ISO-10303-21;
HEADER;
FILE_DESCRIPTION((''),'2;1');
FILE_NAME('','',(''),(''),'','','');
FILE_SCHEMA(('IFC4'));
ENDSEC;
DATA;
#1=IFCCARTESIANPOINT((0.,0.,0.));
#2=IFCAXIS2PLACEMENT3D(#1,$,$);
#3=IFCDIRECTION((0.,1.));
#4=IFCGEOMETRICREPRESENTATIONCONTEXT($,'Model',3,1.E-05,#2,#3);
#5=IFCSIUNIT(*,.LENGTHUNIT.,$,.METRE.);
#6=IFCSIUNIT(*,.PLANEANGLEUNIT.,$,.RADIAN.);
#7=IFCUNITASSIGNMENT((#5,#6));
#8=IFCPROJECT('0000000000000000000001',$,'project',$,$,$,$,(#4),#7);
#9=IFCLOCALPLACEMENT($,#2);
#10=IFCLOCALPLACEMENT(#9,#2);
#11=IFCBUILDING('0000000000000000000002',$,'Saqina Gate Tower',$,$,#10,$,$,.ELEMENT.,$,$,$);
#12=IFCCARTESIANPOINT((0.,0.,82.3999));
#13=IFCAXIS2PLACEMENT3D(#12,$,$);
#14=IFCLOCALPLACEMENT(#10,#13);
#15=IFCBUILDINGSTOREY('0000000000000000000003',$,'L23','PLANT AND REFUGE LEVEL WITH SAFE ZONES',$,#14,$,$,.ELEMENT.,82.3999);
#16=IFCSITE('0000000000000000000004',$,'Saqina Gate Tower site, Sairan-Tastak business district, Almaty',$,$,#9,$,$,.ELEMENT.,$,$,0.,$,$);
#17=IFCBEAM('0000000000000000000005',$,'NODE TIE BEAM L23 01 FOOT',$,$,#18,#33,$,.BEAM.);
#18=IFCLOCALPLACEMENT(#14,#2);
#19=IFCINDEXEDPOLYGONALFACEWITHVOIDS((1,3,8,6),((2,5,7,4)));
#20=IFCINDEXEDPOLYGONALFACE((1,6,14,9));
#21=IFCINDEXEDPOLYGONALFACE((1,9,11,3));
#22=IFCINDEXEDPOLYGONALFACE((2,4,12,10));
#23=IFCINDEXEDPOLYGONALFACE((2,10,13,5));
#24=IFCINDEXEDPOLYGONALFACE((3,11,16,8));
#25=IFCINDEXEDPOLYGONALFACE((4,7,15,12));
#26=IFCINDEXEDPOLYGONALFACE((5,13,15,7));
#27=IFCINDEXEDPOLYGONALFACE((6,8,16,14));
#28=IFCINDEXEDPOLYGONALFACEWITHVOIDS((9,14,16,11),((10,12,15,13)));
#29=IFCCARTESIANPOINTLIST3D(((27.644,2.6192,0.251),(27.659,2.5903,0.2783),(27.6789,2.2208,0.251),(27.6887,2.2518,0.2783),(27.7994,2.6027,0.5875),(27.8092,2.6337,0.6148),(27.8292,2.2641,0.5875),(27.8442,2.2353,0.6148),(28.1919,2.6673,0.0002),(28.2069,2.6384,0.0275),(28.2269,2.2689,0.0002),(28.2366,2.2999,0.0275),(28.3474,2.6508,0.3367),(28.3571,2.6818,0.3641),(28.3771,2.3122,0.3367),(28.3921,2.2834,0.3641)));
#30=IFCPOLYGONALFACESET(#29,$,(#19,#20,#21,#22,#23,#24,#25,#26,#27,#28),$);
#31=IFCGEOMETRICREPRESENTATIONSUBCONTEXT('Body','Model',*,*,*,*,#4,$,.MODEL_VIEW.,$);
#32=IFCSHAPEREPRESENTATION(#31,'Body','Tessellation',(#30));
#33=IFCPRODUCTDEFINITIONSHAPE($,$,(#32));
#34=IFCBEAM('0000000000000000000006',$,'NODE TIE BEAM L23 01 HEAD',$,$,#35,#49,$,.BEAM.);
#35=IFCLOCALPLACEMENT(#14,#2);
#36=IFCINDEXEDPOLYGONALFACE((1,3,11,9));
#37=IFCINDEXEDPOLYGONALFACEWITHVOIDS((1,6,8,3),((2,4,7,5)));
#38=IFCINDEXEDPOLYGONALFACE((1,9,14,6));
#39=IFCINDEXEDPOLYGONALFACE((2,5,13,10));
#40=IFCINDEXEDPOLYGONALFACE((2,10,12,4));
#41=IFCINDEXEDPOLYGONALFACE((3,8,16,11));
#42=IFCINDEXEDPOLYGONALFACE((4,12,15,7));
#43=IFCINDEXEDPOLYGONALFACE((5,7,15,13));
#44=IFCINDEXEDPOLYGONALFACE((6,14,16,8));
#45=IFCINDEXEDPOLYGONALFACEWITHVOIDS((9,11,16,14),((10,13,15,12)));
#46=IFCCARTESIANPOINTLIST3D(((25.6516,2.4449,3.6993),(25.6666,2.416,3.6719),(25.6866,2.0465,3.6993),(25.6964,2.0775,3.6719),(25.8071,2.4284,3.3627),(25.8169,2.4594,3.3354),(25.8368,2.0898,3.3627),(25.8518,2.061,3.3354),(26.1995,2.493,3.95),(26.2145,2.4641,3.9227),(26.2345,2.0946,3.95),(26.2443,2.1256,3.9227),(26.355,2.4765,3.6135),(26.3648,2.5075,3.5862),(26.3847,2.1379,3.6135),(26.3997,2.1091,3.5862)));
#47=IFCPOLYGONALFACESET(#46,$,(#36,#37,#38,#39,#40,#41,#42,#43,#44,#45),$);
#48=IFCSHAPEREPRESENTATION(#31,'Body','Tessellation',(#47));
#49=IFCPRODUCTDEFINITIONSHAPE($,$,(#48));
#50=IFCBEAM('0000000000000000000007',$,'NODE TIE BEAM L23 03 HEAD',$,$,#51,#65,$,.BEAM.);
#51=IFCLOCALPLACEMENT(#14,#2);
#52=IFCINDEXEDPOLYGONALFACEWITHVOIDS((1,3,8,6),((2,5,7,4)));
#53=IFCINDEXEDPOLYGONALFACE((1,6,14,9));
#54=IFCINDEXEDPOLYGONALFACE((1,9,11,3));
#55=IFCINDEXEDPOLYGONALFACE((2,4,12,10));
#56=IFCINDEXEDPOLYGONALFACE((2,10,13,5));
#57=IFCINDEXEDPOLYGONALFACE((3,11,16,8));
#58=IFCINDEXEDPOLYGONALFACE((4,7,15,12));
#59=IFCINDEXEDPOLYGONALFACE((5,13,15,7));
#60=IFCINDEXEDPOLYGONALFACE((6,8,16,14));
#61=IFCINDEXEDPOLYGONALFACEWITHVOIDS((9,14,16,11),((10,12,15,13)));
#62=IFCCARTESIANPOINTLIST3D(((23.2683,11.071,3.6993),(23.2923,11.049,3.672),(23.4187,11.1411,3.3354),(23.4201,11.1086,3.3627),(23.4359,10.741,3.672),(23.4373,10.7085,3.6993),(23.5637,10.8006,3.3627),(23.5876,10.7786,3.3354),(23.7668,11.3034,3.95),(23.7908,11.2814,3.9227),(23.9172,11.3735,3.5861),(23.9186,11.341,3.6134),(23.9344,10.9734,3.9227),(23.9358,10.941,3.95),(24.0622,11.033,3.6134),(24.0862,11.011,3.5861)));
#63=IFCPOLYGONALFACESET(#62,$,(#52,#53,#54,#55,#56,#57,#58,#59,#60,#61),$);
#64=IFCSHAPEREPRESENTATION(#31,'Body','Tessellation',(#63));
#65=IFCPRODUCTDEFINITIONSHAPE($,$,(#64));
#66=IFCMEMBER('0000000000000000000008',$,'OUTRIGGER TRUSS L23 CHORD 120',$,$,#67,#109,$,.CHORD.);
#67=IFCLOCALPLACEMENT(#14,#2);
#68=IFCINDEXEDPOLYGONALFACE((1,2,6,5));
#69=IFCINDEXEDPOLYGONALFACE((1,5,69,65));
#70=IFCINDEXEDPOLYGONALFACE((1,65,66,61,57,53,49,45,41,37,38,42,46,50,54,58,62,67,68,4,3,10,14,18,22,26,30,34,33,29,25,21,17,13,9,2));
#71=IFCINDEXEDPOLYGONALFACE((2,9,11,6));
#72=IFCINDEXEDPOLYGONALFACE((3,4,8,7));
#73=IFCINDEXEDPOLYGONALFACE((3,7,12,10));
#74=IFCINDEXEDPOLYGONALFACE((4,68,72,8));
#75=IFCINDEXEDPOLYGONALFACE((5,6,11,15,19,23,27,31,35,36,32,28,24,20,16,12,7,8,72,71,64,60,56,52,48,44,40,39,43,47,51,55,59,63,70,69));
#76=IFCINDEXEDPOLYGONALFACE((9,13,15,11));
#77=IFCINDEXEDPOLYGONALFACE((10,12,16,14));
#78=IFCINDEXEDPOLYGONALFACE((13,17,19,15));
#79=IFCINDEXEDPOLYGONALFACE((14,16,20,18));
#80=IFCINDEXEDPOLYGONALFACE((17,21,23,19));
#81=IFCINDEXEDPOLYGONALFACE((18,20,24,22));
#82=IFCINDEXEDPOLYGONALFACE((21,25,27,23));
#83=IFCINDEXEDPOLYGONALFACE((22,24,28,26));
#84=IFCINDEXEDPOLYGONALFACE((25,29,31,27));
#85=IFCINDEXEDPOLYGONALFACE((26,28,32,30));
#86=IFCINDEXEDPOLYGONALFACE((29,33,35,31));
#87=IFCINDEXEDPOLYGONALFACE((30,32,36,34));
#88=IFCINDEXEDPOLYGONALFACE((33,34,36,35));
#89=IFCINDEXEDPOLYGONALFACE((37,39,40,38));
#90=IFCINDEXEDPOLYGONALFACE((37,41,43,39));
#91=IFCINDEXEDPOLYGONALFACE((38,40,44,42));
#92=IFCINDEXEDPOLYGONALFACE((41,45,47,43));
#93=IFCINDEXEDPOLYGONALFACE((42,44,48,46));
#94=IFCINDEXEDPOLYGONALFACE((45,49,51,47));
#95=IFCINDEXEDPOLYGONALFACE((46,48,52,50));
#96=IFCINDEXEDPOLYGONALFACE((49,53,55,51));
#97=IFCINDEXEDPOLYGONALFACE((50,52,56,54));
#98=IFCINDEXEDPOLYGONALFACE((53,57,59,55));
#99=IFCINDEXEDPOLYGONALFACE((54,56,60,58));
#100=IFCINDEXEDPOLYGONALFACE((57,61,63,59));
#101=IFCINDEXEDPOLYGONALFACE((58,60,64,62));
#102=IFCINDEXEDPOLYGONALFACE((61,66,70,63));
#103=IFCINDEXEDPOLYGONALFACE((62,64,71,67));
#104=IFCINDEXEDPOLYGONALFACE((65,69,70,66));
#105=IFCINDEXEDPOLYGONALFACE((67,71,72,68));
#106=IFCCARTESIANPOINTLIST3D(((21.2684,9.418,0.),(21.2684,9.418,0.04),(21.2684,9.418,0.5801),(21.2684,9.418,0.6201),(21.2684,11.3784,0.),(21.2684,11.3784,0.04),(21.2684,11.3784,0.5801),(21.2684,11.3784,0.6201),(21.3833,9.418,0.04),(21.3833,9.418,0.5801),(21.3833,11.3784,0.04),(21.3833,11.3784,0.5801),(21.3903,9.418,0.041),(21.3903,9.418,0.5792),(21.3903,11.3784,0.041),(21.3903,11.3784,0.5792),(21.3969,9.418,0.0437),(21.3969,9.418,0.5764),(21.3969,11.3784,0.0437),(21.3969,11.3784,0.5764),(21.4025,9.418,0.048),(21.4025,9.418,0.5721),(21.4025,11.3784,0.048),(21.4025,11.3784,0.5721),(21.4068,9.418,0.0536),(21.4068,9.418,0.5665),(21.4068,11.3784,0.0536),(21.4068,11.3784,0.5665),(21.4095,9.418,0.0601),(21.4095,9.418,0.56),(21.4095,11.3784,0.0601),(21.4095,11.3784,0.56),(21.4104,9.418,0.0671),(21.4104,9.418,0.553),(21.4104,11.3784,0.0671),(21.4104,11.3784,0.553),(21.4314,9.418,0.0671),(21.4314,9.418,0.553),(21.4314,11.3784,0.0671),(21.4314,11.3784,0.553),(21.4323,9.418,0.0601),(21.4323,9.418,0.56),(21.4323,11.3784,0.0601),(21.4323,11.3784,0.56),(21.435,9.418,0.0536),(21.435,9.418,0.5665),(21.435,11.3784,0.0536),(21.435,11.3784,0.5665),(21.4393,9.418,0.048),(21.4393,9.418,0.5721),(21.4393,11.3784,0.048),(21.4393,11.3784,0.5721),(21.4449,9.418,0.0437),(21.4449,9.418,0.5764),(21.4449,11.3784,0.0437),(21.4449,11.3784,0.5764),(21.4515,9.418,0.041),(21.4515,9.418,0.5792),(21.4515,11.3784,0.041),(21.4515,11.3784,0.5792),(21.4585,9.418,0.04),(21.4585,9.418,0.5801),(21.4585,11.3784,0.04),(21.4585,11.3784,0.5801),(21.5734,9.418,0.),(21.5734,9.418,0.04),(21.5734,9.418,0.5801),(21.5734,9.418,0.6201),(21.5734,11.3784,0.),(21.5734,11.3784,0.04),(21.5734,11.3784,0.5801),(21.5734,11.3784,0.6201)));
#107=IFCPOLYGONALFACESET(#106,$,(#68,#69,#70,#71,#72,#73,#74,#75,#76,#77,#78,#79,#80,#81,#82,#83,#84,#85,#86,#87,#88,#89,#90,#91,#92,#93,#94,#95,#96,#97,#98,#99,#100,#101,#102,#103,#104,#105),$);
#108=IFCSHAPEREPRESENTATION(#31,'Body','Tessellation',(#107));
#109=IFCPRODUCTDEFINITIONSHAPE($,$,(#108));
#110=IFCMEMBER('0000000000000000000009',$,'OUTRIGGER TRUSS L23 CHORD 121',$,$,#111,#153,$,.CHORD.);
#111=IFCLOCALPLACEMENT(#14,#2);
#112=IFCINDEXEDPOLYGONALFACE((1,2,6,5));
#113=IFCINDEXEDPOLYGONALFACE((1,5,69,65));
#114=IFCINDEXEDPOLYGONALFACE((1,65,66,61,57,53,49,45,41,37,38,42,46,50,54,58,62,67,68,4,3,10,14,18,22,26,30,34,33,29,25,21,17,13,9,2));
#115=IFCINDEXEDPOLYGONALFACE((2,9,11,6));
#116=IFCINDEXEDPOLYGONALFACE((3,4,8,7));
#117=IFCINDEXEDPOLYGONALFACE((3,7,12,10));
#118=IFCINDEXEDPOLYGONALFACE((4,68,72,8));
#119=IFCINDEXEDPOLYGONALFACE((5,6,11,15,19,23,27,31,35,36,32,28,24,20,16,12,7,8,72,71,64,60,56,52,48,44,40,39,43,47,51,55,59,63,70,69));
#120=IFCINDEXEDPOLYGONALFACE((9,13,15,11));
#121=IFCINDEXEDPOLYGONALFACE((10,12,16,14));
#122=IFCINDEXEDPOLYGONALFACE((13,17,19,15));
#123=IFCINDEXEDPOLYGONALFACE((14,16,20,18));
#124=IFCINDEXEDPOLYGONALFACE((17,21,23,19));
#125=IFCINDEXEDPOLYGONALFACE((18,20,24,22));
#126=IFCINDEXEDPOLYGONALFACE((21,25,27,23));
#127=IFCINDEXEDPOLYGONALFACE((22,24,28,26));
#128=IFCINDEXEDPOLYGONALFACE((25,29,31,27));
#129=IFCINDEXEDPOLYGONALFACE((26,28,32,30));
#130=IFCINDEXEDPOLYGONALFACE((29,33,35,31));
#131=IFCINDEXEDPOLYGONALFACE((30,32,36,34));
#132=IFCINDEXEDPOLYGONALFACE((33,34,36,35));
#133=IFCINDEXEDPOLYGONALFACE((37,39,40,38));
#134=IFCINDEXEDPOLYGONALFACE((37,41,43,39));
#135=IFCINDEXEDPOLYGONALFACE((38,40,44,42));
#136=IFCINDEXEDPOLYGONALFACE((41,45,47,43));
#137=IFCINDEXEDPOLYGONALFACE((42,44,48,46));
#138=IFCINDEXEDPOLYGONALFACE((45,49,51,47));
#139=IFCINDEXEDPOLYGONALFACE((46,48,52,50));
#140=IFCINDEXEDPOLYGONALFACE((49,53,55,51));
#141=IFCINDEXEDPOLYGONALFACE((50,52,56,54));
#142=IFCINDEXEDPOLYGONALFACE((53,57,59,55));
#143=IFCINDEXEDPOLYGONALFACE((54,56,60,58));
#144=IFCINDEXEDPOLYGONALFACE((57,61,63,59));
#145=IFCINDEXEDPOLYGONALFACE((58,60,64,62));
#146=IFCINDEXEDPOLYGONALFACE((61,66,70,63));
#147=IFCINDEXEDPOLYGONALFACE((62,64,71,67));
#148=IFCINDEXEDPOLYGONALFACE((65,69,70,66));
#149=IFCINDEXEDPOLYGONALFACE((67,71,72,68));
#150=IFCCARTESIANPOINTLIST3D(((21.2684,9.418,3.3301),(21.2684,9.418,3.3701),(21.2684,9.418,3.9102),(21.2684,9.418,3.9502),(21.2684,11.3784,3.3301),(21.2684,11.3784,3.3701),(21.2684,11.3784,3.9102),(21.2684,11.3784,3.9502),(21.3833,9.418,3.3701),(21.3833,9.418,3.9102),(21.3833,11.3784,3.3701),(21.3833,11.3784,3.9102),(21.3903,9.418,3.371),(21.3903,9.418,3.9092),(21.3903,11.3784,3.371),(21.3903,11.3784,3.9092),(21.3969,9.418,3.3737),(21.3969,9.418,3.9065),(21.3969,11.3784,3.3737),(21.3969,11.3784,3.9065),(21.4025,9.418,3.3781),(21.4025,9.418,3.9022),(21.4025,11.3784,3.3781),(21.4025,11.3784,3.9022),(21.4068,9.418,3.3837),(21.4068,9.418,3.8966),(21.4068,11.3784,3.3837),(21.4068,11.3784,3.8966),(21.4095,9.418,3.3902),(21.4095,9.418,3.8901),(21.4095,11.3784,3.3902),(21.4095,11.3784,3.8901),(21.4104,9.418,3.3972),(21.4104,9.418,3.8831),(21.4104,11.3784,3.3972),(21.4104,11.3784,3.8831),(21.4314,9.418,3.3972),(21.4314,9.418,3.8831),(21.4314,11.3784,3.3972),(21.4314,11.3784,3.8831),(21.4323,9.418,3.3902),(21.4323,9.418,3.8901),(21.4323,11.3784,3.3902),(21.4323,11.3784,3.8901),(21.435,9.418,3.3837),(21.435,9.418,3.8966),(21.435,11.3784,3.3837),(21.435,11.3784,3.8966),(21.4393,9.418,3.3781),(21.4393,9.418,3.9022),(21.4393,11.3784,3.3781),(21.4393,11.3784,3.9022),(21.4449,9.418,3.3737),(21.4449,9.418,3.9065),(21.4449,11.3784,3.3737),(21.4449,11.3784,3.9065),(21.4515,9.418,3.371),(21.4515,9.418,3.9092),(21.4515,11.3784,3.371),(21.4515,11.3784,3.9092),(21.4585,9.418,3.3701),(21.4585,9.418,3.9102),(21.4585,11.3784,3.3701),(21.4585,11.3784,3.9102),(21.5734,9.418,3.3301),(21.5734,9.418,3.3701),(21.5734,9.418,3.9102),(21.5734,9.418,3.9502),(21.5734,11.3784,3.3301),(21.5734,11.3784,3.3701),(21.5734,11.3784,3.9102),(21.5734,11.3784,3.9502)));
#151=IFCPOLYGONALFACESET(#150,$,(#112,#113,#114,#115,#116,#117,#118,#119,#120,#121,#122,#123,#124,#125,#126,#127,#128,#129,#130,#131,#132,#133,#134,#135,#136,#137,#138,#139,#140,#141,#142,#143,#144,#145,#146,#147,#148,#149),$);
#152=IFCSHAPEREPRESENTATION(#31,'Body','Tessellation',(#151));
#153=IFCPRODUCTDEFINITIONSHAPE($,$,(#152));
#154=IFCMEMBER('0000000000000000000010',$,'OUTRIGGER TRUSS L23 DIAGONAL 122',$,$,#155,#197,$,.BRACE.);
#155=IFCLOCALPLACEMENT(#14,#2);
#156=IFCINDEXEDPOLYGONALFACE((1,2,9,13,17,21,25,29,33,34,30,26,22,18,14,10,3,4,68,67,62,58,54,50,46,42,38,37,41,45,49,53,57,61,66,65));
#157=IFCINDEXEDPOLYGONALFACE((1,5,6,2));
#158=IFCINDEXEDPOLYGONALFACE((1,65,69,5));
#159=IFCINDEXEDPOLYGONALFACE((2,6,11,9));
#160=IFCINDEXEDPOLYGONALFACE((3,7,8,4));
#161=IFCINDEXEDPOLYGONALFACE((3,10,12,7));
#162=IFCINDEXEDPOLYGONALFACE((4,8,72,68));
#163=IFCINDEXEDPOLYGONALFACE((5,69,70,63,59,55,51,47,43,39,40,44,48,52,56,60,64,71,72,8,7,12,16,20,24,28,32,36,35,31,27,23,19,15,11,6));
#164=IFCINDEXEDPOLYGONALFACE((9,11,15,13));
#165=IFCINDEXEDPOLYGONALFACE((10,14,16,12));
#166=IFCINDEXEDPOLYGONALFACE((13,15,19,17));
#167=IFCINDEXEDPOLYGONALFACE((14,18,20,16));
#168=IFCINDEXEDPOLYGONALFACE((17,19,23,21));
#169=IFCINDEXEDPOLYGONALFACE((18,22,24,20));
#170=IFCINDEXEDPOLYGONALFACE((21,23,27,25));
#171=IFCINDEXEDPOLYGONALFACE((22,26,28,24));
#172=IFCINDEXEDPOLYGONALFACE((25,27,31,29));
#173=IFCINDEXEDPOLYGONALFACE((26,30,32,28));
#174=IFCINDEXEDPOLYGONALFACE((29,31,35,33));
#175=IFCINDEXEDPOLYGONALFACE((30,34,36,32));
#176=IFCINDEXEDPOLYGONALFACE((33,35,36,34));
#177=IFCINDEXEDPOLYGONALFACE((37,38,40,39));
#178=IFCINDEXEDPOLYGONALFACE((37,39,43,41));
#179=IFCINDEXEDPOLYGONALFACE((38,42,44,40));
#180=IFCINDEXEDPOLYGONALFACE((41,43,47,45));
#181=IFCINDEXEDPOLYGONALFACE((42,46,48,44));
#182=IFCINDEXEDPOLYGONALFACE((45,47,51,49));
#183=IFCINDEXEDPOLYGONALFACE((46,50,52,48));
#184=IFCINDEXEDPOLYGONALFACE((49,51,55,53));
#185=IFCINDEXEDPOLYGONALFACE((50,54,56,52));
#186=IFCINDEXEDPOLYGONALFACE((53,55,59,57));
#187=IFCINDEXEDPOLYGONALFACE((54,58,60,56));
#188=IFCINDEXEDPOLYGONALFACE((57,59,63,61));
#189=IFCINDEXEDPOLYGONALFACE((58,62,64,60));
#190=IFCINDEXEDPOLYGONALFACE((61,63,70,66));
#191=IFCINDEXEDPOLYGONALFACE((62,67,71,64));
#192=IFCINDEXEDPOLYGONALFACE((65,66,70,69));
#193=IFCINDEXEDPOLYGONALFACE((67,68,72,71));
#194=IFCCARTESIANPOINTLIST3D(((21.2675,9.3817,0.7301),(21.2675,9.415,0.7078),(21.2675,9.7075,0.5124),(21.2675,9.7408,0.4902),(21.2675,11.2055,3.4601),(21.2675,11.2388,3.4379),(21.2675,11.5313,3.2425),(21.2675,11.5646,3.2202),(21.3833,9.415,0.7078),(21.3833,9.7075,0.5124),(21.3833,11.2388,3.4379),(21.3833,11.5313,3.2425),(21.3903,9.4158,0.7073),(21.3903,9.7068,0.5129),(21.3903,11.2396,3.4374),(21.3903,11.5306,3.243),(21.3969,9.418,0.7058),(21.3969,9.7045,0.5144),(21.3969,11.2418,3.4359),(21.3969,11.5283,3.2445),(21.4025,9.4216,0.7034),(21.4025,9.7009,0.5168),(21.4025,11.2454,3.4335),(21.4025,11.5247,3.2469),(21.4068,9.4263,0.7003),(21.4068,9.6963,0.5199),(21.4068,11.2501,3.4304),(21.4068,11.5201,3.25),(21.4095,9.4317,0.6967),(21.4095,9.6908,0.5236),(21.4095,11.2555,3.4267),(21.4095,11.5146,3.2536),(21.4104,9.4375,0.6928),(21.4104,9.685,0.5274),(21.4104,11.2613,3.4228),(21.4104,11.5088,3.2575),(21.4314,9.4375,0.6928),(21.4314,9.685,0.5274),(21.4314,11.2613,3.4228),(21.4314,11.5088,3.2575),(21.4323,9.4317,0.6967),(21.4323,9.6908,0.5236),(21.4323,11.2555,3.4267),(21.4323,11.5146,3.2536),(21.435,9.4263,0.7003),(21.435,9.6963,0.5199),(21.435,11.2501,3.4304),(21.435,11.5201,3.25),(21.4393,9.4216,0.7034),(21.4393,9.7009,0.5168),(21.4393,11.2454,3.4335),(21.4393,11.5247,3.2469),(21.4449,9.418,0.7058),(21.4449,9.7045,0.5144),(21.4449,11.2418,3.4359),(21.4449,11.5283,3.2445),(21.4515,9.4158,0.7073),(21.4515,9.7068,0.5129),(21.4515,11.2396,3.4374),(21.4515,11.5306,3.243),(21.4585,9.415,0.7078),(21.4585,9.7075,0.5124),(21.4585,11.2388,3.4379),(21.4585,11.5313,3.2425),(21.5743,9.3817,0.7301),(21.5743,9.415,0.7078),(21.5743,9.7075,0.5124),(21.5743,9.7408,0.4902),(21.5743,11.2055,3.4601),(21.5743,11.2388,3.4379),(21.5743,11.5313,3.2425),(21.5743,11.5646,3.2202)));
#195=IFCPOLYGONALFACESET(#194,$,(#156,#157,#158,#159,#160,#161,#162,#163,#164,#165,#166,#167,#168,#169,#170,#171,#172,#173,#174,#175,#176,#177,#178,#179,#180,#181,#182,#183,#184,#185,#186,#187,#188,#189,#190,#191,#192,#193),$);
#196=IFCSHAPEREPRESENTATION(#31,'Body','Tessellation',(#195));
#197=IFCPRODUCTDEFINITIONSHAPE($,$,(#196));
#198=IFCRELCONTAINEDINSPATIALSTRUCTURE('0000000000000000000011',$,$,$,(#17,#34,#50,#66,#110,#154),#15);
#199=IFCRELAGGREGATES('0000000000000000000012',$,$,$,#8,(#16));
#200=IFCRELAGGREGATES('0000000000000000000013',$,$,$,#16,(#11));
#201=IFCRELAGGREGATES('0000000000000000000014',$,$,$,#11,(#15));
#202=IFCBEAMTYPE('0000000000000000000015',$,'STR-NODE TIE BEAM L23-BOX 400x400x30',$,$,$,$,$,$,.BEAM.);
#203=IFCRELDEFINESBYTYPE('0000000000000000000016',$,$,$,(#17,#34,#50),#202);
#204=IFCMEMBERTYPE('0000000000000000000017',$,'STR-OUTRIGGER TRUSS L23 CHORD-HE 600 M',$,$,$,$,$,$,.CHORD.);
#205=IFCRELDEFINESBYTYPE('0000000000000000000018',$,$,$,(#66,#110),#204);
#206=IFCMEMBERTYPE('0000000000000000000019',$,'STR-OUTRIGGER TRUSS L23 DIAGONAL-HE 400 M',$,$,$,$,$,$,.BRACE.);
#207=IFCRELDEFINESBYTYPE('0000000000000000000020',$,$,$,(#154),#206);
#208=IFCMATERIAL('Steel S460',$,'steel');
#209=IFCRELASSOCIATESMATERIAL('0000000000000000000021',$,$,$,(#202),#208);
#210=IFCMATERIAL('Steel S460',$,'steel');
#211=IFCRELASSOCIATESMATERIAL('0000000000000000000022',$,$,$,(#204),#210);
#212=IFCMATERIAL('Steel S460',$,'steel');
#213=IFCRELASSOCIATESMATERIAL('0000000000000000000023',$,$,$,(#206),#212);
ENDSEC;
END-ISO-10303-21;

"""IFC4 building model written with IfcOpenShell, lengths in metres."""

from ifc_helpers import new_model, si_unit, direction, frame, origin, origin_2d, place, context, subcontext, project, spatial, hollow_rectangle, i_section, extrude, material, material_profile, profile_set, type_object, element, save


model = new_model("IFC4")

# Units and contexts
model_context = context("Model", 3, precision=1e-05, world=origin(), true_north=direction((0.0, 1.0)))
body_context = subcontext(model_context, "Body", "Model", "MODEL_VIEW")
ifc_project = project(units=[si_unit("LENGTHUNIT", "METRE"), si_unit("PLANEANGLEUNIT", "RADIAN")], contexts=[model_context])

# Site, building, storey
site_placement = place(None, origin())
site = spatial("IfcSite", under=ifc_project, at=site_placement, Name="Saqina Gate Tower site, Sairan-Tastak business district, Almaty", CompositionType="ELEMENT", RefElevation=0.0)
building_placement = place(site_placement, origin())
building = spatial("IfcBuilding", under=site, at=building_placement, Name="Saqina Gate Tower", CompositionType="ELEMENT")
storey_placement = place(building_placement, frame((0.0, 0.0, 82.3999)))
storey = spatial("IfcBuildingStorey", under=building, at=storey_placement, Name="L23", Description="PLANT AND REFUGE LEVEL WITH SAFE ZONES", CompositionType="ELEMENT", Elevation=82.3999)

# Beams
ifc_material_1 = material(Name="Steel S460", Category="steel")
ifc_material_profile_1 = material_profile(ifc_material_1, hollow_rectangle(XDim=0.3999, YDim=0.3999, WallThickness=0.03, at=origin_2d()), Name="BOX 400x400x30")
ifc_profile_set_1 = profile_set([ifc_material_profile_1], Name="Steel S460")
beam_type_1 = type_object("IfcBeamType", Name="STR-NODE TIE BEAM L23-BOX 400x400x30", PredefinedType="BEAM", material=ifc_profile_set_1)
for number, where, z_axis, x_axis, name in (
    (1, (28.292, 2.4753, 0.1821), (-0.906412, -0.079574, 0.414833), (0.087453, -0.996169, 0.0), "NODE TIE BEAM L23 01 FOOT"),
    (2, (25.7517, 2.2529, 3.5173), (0.906412, 0.079574, 0.414833), (-0.087453, 0.996169, 0.0), "NODE TIE BEAM L23 01 HEAD"),
    (3, (23.428, 10.9248, 3.5173), (0.824702, 0.384484, 0.414774), (-0.422545, 0.906342, 0.0), "NODE TIE BEAM L23 03 HEAD"),
):
    element("IfcBeam", number, at=place(storey_placement, frame(where, z_axis=z_axis, x_axis=x_axis)), inside=storey, type_object=beam_type_1, Name=name, PredefinedType="BEAM", context=body_context, shape_type="SweptSolid", body=[
        extrude(hollow_rectangle(XDim=0.3999, YDim=0.3999, WallThickness=0.03, at=origin_2d()), origin(), (0.0, 0.0, 1.0), 0.6045),
    ])

# Members
ifc_material_2 = material(Name="Steel S460", Category="steel")
ifc_material_profile_2 = material_profile(ifc_material_2, i_section(OverallWidth=0.3049, OverallDepth=0.6201, WebThickness=0.021, FlangeThickness=0.04, FilletRadius=0.0271, at=origin_2d()), Name="HE 600 M")
ifc_profile_set_2 = profile_set([ifc_material_profile_2], Name="Steel S460")
member_type_1 = type_object("IfcMemberType", Name="STR-OUTRIGGER TRUSS L23 CHORD-HE 600 M", PredefinedType="CHORD", material=ifc_profile_set_2)
for number, where, z_axis, x_axis, name in (
    (4, (21.4209, 9.418, 0.3101), (0.0, 1.0, 0.0), (-1.0, 0.0, 0.0), "OUTRIGGER TRUSS L23 CHORD 120"),
    (5, (21.4209, 9.418, 3.6401), (0.0, 1.0, 0.0), (-1.0, 0.0, 0.0), "OUTRIGGER TRUSS L23 CHORD 121"),
):
    element("IfcMember", number, at=place(storey_placement, frame(where, z_axis=z_axis, x_axis=x_axis)), inside=storey, type_object=member_type_1, Name=name, PredefinedType="CHORD", context=body_context, shape_type="SweptSolid", body=[
        extrude(i_section(OverallWidth=0.3049, OverallDepth=0.6201, WebThickness=0.021, FlangeThickness=0.04, FilletRadius=0.0271, at=origin_2d()), origin(), (0.0, 0.0, 1.0), 1.9604),
    ])
ifc_material_3 = material(Name="Steel S460", Category="steel")
ifc_material_profile_3 = material_profile(ifc_material_3, i_section(OverallWidth=0.3069, OverallDepth=0.4319, WebThickness=0.021, FlangeThickness=0.04, FilletRadius=0.0271, at=origin_2d()), Name="HE 400 M")
ifc_profile_set_3 = profile_set([ifc_material_profile_3], Name="Steel S460")
member_type_2 = type_object("IfcMemberType", Name="STR-OUTRIGGER TRUSS L23 DIAGONAL-HE 400 M", PredefinedType="BRACE", material=ifc_profile_set_3)
member_1_placement = place(storey_placement, frame((21.4209, 9.5613, 0.6101), z_axis=(0.0, 0.555489, 0.831524), x_axis=(-1.0, 0.0, 0.0)))
element("IfcMember", 6, at=member_1_placement, inside=storey, type_object=member_type_2, Name="OUTRIGGER TRUSS L23 DIAGONAL 122", PredefinedType="BRACE", context=body_context, shape_type="SweptSolid", body=[
    extrude(i_section(OverallWidth=0.3069, OverallDepth=0.4319, WebThickness=0.021, FlangeThickness=0.04, FilletRadius=0.0271, at=origin_2d()), origin(), (0.0, 0.0, 1.0), 3.2832),
])

save(model, "model.ifc")
